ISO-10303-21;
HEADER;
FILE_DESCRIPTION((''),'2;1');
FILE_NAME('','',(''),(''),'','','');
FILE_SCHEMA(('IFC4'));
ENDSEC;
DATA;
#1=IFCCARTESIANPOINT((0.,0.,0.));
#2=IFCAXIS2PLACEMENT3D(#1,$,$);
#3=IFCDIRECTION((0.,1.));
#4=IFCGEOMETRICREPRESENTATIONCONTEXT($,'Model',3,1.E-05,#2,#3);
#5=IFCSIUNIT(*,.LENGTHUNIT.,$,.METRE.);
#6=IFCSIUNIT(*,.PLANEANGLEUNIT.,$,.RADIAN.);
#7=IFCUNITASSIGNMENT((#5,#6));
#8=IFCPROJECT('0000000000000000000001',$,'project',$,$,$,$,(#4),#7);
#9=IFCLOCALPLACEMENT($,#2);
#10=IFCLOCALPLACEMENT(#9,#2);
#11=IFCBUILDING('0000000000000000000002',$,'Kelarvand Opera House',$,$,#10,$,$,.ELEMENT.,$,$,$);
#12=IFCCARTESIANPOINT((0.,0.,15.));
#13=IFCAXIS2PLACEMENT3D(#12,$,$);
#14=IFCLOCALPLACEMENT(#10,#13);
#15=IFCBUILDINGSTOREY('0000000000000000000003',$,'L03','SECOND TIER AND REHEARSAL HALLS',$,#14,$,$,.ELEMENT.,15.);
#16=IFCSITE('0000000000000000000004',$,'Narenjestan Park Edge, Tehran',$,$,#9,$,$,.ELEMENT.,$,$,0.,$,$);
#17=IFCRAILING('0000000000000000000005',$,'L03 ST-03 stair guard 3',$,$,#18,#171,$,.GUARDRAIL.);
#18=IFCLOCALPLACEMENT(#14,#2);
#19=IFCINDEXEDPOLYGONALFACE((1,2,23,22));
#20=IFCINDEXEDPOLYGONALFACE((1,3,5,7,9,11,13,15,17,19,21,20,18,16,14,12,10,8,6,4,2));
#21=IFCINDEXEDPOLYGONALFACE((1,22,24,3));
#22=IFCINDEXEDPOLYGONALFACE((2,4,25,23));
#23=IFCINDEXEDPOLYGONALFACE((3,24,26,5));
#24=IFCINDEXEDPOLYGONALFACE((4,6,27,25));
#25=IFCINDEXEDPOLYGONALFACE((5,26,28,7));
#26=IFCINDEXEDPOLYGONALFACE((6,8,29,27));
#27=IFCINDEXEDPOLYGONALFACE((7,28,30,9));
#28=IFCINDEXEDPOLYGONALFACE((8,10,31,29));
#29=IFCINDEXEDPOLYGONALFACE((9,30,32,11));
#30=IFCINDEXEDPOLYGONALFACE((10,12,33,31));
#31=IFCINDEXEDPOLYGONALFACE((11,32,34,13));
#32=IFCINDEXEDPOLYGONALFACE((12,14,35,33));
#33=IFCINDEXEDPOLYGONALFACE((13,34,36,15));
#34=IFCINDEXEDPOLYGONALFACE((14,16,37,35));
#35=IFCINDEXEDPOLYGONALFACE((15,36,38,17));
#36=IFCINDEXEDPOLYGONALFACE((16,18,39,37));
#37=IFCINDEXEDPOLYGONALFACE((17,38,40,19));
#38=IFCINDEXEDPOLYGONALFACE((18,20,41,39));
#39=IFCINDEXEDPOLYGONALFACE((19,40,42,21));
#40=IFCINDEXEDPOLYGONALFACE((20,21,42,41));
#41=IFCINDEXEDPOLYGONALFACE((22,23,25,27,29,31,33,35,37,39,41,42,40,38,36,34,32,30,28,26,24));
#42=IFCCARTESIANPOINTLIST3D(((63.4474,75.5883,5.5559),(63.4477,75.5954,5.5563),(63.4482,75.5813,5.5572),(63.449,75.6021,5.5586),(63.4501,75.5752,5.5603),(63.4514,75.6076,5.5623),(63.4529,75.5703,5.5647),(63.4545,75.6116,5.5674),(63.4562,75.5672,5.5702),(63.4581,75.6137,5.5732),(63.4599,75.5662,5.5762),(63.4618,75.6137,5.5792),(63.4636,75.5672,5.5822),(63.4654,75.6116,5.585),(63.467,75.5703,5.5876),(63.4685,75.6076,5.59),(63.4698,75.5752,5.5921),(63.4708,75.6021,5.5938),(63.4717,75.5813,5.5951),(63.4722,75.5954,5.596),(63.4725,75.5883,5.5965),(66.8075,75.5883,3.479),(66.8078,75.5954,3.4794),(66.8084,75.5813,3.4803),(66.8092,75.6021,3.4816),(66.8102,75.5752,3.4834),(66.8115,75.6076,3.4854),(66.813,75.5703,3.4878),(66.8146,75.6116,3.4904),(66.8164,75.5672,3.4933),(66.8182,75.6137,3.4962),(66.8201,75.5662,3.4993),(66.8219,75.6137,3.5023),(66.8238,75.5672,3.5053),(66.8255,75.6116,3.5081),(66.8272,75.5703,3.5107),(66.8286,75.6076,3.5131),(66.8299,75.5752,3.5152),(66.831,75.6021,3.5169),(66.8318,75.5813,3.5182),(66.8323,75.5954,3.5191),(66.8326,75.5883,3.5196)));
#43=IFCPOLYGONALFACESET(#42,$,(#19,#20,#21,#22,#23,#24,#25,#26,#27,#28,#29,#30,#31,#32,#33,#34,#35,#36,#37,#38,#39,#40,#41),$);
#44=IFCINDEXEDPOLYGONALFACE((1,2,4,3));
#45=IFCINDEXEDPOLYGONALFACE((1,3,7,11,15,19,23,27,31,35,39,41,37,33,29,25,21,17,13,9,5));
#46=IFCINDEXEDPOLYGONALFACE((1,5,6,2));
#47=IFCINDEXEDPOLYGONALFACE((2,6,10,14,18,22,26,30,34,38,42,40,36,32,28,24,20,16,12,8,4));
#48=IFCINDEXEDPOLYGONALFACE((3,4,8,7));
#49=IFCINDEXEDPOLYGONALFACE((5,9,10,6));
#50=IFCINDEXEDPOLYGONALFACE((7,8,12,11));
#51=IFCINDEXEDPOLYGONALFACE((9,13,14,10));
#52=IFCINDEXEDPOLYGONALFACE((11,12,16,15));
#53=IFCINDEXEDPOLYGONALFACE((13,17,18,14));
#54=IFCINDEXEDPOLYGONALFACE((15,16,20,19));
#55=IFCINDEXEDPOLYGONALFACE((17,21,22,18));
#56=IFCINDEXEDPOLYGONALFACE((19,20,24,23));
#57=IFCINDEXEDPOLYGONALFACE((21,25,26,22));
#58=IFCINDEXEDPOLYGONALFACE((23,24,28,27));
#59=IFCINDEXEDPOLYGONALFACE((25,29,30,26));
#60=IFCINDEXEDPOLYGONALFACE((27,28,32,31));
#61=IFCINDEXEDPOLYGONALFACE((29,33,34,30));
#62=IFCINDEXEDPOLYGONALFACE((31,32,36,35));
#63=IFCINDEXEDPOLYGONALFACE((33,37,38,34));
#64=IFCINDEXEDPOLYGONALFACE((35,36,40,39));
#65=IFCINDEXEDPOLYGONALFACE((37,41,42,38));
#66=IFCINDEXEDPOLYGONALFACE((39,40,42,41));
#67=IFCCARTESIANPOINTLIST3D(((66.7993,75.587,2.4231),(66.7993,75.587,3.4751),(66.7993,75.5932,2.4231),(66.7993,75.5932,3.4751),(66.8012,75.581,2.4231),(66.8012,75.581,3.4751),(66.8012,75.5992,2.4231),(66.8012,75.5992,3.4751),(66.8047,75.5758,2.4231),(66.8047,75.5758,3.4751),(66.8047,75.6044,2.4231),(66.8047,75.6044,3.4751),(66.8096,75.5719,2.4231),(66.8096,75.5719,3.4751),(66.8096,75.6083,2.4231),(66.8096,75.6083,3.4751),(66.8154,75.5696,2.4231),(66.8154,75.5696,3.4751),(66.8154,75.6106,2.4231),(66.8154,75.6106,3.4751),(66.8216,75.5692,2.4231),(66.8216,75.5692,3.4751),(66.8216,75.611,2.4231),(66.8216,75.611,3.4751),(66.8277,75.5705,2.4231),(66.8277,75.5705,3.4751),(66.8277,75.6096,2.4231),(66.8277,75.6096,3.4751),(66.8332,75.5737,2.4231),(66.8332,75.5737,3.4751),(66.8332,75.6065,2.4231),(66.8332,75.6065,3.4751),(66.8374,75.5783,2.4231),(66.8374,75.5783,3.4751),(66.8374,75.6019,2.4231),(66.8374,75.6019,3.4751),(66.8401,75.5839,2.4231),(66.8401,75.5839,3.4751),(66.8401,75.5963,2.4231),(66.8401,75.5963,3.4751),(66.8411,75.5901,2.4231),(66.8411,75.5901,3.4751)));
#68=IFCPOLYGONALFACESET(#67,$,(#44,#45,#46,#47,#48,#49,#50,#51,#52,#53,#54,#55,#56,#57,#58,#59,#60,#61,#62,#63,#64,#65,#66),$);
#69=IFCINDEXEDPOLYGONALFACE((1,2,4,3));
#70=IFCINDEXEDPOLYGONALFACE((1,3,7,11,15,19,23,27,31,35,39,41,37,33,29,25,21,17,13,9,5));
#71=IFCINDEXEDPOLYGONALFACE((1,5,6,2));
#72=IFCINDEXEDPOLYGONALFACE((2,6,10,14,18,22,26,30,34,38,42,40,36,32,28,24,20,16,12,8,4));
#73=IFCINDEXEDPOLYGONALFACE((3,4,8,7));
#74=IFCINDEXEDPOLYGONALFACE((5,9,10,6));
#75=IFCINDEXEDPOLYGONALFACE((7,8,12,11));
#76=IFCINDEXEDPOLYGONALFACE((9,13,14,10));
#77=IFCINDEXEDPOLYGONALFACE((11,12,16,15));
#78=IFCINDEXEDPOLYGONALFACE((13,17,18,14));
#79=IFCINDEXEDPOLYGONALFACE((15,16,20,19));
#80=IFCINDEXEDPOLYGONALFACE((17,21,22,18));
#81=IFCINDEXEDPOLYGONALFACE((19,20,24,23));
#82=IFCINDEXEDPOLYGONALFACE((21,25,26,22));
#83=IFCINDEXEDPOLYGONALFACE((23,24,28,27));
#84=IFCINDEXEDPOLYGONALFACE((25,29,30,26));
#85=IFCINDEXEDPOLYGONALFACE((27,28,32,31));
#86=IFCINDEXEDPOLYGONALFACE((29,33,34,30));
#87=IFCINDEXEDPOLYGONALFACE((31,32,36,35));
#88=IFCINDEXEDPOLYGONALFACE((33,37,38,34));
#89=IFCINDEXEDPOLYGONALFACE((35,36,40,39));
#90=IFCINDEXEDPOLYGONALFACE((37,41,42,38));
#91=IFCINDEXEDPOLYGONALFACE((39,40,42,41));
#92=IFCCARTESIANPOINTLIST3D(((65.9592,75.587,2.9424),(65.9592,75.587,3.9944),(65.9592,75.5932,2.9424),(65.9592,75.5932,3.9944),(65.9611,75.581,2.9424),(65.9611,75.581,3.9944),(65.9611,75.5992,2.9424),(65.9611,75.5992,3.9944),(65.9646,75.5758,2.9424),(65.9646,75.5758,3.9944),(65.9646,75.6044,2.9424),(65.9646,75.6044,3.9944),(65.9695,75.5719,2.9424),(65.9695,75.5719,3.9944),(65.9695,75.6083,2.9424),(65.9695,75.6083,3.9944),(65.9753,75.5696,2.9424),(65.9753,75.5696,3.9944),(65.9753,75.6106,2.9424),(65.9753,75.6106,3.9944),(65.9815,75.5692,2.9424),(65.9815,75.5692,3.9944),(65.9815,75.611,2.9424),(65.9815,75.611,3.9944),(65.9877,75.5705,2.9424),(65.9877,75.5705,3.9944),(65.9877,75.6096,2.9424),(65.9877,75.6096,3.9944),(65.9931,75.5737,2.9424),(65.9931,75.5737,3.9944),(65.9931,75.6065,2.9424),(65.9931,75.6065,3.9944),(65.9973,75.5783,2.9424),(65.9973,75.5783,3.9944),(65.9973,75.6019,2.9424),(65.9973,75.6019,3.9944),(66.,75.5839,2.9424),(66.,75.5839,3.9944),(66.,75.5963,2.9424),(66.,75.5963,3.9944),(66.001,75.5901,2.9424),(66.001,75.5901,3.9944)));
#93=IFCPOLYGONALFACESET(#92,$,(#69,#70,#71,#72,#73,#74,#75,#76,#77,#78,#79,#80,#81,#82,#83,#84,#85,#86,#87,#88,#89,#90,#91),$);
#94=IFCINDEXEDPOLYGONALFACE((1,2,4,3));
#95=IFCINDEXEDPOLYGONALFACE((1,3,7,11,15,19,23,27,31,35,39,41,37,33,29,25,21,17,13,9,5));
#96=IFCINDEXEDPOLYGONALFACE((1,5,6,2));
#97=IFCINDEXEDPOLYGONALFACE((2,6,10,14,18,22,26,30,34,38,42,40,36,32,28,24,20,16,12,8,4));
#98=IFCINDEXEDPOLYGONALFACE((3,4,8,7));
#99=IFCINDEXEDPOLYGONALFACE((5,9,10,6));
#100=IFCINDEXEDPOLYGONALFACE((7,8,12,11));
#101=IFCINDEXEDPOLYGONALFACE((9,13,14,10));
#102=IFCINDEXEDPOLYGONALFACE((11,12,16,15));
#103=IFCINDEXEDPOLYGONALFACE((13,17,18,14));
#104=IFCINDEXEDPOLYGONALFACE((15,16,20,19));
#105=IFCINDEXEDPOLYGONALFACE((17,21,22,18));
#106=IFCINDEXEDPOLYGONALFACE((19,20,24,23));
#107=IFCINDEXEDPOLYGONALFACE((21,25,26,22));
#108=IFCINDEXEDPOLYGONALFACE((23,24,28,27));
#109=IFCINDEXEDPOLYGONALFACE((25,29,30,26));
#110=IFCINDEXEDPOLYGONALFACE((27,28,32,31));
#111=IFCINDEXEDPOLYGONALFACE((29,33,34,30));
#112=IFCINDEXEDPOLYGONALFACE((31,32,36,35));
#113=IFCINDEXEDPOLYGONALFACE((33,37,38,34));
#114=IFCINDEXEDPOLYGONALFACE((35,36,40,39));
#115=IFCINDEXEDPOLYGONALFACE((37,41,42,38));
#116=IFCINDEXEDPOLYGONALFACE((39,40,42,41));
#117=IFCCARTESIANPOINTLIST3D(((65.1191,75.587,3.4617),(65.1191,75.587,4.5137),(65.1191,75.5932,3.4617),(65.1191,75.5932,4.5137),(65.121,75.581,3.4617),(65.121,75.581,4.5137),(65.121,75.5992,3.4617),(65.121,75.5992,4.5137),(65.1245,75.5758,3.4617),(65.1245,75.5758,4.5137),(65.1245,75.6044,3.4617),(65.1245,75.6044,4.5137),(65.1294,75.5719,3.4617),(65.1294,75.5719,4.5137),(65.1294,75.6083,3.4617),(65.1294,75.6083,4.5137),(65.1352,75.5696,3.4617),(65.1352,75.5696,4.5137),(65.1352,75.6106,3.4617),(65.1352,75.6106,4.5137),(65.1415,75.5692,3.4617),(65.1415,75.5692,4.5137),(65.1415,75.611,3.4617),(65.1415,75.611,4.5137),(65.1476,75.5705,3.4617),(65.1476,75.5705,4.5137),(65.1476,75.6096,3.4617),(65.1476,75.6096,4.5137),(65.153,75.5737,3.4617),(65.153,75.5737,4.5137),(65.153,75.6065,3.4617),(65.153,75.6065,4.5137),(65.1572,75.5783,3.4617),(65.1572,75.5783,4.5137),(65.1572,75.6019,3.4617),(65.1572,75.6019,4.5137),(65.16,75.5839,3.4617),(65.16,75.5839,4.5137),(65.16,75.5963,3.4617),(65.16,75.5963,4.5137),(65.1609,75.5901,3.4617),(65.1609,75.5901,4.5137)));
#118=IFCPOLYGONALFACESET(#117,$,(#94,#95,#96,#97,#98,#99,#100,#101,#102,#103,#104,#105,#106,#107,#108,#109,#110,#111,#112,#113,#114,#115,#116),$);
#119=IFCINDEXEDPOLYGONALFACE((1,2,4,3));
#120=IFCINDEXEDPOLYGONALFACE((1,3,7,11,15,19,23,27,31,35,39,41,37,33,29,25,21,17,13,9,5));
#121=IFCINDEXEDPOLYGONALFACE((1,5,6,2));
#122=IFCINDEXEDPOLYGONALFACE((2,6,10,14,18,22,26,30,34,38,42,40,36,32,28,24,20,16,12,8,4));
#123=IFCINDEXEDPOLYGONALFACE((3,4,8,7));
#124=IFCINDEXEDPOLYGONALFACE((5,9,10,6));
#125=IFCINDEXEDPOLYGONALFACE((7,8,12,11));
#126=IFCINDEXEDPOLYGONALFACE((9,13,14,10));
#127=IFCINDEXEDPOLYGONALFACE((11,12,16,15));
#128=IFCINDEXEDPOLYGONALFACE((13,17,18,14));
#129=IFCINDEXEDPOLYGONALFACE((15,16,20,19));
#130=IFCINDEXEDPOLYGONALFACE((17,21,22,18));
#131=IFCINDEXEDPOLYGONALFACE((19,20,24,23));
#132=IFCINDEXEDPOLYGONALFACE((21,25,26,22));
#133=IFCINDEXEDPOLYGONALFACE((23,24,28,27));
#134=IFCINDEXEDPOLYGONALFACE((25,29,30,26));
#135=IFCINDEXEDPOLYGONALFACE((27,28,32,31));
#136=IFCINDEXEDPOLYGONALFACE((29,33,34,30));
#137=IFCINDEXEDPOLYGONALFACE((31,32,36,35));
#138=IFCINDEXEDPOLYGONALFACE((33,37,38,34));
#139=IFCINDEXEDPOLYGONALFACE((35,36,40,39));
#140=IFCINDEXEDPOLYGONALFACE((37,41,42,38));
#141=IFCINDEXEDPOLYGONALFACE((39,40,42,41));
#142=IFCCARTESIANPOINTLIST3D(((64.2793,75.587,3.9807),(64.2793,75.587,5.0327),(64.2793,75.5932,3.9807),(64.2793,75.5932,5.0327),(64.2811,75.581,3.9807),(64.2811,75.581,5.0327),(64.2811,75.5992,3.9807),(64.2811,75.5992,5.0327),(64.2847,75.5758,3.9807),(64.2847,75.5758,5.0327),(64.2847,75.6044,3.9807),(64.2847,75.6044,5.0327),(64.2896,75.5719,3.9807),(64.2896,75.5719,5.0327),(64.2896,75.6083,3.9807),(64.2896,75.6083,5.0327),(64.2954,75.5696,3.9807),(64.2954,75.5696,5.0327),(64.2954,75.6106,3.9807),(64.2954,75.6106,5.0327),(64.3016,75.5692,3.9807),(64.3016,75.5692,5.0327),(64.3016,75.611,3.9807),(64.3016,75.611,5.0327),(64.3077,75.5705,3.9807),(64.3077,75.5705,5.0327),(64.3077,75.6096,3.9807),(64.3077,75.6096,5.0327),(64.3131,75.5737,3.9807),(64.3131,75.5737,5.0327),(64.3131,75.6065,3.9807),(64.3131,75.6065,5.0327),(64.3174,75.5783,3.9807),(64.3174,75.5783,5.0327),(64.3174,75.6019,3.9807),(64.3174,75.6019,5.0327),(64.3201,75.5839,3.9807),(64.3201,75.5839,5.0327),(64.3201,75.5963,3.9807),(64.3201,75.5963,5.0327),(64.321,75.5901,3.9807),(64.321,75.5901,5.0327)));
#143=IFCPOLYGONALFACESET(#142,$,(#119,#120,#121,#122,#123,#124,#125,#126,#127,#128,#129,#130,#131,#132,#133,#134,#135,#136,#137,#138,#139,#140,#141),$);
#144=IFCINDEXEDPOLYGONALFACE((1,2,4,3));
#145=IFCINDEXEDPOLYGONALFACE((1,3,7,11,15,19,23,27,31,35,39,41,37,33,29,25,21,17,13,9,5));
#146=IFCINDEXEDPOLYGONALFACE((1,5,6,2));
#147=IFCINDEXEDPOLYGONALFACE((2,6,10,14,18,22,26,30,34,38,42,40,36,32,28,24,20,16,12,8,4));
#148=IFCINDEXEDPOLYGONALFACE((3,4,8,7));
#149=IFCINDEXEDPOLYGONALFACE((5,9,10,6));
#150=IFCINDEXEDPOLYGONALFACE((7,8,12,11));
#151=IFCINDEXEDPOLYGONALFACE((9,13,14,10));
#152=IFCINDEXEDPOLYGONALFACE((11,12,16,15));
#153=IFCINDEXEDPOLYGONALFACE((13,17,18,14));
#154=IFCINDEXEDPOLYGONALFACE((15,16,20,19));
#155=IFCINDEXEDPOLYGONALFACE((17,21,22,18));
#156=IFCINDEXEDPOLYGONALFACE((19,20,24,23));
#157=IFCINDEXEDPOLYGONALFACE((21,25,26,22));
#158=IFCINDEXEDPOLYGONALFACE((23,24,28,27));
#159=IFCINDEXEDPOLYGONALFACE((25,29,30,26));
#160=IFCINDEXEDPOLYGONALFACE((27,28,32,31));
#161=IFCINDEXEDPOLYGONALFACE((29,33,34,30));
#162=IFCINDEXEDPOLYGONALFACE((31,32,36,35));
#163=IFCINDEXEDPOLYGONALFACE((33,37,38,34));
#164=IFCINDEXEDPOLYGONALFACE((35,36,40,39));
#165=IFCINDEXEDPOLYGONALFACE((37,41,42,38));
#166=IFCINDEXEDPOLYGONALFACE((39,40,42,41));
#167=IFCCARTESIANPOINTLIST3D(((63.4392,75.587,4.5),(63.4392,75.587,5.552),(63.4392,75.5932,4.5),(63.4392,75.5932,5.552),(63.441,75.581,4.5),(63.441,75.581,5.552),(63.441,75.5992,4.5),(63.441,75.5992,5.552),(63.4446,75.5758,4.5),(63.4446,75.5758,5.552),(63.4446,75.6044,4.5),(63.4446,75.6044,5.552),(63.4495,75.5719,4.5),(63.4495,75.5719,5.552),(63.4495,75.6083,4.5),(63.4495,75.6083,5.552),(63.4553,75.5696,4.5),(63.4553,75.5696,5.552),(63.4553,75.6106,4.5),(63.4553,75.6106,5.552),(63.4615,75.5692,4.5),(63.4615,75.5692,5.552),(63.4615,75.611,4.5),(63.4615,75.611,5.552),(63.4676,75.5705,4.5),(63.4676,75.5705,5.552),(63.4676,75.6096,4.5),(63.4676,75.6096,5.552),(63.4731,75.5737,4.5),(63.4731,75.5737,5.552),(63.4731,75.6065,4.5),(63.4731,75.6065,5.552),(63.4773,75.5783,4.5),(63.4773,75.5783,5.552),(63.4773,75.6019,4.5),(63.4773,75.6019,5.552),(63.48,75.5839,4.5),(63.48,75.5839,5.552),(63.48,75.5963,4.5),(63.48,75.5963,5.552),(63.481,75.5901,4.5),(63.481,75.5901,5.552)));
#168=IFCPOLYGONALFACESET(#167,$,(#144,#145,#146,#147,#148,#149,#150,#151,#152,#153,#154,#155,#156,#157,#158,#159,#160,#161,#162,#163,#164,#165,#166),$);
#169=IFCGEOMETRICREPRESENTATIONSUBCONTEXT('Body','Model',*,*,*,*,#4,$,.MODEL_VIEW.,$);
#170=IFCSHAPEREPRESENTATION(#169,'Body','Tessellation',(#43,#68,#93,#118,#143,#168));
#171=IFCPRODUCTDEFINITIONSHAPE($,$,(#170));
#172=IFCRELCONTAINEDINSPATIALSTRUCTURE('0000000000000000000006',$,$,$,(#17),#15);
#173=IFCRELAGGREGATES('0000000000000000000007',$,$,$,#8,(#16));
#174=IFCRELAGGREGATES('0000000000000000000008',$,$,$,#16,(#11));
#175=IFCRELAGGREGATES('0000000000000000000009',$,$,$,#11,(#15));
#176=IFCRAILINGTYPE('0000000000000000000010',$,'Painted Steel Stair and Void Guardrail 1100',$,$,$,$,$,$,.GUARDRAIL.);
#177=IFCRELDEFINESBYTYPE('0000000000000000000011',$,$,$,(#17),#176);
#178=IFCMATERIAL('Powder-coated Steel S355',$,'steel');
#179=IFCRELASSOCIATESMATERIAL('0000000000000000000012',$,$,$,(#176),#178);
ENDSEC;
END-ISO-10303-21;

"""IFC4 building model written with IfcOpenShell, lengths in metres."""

from ifc_helpers import new_model, si_unit, direction, frame, origin, origin_2d, place, context, subcontext, project, spatial, circle, extrude, material, type_object, element, save


model = new_model("IFC4")

# Units and contexts
model_context = context("Model", 3, precision=1e-05, world=origin(), true_north=direction((0.0, 1.0)))
body_context = subcontext(model_context, "Body", "Model", "MODEL_VIEW")
ifc_project = project(units=[si_unit("LENGTHUNIT", "METRE"), si_unit("PLANEANGLEUNIT", "RADIAN")], contexts=[model_context])

# Site, building, storey
site_placement = place(None, origin())
site = spatial("IfcSite", under=ifc_project, at=site_placement, Name="Narenjestan Park Edge, Tehran", CompositionType="ELEMENT", RefElevation=0.0)
building_placement = place(site_placement, origin())
building = spatial("IfcBuilding", under=site, at=building_placement, Name="Kelarvand Opera House", CompositionType="ELEMENT")
storey_placement = place(building_placement, frame((0.0, 0.0, 15.0)))
storey = spatial("IfcBuildingStorey", under=building, at=storey_placement, Name="L03", Description="SECOND TIER AND REHEARSAL HALLS", CompositionType="ELEMENT", Elevation=15.0)

# Railing
ifc_material_1 = material(Name="Powder-coated Steel S355", Category="steel")
railing_type_1 = type_object("IfcRailingType", Name="Painted Steel Stair and Void Guardrail 1100", PredefinedType="GUARDRAIL", material=ifc_material_1)
railing_1_placement = place(storey_placement, frame((66.8201, 75.5901, 2.4231)))
element("IfcRailing", 1, at=railing_1_placement, inside=storey, type_object=railing_type_1, Name="L03 ST-03 stair guard 3", PredefinedType="GUARDRAIL", context=body_context, shape_type="SweptSolid", body=[
    extrude(circle(Radius=0.0239, at=origin_2d()), frame((0.0, 0.0, 1.0762), z_axis=(-0.850623, 0.0, 0.525776), x_axis=(0.0, -1.0, 0.0)), (0.0, 0.0, 1.0), 3.9502),
    extrude(circle(Radius=0.021, at=origin_2d()), origin(), (0.0, 0.0, 1.0), 1.052),
    extrude(circle(Radius=0.021, at=origin_2d()), frame((-0.8401, 0.0, 0.5193)), (0.0, 0.0, 1.0), 1.052),
    extrude(circle(Radius=0.021, at=origin_2d()), frame((-1.6802, 0.0, 1.0386)), (0.0, 0.0, 1.0), 1.052),
    extrude(circle(Radius=0.021, at=origin_2d()), frame((-2.52, 0.0, 1.5576)), (0.0, 0.0, 1.0), 1.052),
    extrude(circle(Radius=0.021, at=origin_2d()), frame((-3.3601, 0.0, 2.0769)), (0.0, 0.0, 1.0), 1.052),
])

save(model, "model.ifc")
